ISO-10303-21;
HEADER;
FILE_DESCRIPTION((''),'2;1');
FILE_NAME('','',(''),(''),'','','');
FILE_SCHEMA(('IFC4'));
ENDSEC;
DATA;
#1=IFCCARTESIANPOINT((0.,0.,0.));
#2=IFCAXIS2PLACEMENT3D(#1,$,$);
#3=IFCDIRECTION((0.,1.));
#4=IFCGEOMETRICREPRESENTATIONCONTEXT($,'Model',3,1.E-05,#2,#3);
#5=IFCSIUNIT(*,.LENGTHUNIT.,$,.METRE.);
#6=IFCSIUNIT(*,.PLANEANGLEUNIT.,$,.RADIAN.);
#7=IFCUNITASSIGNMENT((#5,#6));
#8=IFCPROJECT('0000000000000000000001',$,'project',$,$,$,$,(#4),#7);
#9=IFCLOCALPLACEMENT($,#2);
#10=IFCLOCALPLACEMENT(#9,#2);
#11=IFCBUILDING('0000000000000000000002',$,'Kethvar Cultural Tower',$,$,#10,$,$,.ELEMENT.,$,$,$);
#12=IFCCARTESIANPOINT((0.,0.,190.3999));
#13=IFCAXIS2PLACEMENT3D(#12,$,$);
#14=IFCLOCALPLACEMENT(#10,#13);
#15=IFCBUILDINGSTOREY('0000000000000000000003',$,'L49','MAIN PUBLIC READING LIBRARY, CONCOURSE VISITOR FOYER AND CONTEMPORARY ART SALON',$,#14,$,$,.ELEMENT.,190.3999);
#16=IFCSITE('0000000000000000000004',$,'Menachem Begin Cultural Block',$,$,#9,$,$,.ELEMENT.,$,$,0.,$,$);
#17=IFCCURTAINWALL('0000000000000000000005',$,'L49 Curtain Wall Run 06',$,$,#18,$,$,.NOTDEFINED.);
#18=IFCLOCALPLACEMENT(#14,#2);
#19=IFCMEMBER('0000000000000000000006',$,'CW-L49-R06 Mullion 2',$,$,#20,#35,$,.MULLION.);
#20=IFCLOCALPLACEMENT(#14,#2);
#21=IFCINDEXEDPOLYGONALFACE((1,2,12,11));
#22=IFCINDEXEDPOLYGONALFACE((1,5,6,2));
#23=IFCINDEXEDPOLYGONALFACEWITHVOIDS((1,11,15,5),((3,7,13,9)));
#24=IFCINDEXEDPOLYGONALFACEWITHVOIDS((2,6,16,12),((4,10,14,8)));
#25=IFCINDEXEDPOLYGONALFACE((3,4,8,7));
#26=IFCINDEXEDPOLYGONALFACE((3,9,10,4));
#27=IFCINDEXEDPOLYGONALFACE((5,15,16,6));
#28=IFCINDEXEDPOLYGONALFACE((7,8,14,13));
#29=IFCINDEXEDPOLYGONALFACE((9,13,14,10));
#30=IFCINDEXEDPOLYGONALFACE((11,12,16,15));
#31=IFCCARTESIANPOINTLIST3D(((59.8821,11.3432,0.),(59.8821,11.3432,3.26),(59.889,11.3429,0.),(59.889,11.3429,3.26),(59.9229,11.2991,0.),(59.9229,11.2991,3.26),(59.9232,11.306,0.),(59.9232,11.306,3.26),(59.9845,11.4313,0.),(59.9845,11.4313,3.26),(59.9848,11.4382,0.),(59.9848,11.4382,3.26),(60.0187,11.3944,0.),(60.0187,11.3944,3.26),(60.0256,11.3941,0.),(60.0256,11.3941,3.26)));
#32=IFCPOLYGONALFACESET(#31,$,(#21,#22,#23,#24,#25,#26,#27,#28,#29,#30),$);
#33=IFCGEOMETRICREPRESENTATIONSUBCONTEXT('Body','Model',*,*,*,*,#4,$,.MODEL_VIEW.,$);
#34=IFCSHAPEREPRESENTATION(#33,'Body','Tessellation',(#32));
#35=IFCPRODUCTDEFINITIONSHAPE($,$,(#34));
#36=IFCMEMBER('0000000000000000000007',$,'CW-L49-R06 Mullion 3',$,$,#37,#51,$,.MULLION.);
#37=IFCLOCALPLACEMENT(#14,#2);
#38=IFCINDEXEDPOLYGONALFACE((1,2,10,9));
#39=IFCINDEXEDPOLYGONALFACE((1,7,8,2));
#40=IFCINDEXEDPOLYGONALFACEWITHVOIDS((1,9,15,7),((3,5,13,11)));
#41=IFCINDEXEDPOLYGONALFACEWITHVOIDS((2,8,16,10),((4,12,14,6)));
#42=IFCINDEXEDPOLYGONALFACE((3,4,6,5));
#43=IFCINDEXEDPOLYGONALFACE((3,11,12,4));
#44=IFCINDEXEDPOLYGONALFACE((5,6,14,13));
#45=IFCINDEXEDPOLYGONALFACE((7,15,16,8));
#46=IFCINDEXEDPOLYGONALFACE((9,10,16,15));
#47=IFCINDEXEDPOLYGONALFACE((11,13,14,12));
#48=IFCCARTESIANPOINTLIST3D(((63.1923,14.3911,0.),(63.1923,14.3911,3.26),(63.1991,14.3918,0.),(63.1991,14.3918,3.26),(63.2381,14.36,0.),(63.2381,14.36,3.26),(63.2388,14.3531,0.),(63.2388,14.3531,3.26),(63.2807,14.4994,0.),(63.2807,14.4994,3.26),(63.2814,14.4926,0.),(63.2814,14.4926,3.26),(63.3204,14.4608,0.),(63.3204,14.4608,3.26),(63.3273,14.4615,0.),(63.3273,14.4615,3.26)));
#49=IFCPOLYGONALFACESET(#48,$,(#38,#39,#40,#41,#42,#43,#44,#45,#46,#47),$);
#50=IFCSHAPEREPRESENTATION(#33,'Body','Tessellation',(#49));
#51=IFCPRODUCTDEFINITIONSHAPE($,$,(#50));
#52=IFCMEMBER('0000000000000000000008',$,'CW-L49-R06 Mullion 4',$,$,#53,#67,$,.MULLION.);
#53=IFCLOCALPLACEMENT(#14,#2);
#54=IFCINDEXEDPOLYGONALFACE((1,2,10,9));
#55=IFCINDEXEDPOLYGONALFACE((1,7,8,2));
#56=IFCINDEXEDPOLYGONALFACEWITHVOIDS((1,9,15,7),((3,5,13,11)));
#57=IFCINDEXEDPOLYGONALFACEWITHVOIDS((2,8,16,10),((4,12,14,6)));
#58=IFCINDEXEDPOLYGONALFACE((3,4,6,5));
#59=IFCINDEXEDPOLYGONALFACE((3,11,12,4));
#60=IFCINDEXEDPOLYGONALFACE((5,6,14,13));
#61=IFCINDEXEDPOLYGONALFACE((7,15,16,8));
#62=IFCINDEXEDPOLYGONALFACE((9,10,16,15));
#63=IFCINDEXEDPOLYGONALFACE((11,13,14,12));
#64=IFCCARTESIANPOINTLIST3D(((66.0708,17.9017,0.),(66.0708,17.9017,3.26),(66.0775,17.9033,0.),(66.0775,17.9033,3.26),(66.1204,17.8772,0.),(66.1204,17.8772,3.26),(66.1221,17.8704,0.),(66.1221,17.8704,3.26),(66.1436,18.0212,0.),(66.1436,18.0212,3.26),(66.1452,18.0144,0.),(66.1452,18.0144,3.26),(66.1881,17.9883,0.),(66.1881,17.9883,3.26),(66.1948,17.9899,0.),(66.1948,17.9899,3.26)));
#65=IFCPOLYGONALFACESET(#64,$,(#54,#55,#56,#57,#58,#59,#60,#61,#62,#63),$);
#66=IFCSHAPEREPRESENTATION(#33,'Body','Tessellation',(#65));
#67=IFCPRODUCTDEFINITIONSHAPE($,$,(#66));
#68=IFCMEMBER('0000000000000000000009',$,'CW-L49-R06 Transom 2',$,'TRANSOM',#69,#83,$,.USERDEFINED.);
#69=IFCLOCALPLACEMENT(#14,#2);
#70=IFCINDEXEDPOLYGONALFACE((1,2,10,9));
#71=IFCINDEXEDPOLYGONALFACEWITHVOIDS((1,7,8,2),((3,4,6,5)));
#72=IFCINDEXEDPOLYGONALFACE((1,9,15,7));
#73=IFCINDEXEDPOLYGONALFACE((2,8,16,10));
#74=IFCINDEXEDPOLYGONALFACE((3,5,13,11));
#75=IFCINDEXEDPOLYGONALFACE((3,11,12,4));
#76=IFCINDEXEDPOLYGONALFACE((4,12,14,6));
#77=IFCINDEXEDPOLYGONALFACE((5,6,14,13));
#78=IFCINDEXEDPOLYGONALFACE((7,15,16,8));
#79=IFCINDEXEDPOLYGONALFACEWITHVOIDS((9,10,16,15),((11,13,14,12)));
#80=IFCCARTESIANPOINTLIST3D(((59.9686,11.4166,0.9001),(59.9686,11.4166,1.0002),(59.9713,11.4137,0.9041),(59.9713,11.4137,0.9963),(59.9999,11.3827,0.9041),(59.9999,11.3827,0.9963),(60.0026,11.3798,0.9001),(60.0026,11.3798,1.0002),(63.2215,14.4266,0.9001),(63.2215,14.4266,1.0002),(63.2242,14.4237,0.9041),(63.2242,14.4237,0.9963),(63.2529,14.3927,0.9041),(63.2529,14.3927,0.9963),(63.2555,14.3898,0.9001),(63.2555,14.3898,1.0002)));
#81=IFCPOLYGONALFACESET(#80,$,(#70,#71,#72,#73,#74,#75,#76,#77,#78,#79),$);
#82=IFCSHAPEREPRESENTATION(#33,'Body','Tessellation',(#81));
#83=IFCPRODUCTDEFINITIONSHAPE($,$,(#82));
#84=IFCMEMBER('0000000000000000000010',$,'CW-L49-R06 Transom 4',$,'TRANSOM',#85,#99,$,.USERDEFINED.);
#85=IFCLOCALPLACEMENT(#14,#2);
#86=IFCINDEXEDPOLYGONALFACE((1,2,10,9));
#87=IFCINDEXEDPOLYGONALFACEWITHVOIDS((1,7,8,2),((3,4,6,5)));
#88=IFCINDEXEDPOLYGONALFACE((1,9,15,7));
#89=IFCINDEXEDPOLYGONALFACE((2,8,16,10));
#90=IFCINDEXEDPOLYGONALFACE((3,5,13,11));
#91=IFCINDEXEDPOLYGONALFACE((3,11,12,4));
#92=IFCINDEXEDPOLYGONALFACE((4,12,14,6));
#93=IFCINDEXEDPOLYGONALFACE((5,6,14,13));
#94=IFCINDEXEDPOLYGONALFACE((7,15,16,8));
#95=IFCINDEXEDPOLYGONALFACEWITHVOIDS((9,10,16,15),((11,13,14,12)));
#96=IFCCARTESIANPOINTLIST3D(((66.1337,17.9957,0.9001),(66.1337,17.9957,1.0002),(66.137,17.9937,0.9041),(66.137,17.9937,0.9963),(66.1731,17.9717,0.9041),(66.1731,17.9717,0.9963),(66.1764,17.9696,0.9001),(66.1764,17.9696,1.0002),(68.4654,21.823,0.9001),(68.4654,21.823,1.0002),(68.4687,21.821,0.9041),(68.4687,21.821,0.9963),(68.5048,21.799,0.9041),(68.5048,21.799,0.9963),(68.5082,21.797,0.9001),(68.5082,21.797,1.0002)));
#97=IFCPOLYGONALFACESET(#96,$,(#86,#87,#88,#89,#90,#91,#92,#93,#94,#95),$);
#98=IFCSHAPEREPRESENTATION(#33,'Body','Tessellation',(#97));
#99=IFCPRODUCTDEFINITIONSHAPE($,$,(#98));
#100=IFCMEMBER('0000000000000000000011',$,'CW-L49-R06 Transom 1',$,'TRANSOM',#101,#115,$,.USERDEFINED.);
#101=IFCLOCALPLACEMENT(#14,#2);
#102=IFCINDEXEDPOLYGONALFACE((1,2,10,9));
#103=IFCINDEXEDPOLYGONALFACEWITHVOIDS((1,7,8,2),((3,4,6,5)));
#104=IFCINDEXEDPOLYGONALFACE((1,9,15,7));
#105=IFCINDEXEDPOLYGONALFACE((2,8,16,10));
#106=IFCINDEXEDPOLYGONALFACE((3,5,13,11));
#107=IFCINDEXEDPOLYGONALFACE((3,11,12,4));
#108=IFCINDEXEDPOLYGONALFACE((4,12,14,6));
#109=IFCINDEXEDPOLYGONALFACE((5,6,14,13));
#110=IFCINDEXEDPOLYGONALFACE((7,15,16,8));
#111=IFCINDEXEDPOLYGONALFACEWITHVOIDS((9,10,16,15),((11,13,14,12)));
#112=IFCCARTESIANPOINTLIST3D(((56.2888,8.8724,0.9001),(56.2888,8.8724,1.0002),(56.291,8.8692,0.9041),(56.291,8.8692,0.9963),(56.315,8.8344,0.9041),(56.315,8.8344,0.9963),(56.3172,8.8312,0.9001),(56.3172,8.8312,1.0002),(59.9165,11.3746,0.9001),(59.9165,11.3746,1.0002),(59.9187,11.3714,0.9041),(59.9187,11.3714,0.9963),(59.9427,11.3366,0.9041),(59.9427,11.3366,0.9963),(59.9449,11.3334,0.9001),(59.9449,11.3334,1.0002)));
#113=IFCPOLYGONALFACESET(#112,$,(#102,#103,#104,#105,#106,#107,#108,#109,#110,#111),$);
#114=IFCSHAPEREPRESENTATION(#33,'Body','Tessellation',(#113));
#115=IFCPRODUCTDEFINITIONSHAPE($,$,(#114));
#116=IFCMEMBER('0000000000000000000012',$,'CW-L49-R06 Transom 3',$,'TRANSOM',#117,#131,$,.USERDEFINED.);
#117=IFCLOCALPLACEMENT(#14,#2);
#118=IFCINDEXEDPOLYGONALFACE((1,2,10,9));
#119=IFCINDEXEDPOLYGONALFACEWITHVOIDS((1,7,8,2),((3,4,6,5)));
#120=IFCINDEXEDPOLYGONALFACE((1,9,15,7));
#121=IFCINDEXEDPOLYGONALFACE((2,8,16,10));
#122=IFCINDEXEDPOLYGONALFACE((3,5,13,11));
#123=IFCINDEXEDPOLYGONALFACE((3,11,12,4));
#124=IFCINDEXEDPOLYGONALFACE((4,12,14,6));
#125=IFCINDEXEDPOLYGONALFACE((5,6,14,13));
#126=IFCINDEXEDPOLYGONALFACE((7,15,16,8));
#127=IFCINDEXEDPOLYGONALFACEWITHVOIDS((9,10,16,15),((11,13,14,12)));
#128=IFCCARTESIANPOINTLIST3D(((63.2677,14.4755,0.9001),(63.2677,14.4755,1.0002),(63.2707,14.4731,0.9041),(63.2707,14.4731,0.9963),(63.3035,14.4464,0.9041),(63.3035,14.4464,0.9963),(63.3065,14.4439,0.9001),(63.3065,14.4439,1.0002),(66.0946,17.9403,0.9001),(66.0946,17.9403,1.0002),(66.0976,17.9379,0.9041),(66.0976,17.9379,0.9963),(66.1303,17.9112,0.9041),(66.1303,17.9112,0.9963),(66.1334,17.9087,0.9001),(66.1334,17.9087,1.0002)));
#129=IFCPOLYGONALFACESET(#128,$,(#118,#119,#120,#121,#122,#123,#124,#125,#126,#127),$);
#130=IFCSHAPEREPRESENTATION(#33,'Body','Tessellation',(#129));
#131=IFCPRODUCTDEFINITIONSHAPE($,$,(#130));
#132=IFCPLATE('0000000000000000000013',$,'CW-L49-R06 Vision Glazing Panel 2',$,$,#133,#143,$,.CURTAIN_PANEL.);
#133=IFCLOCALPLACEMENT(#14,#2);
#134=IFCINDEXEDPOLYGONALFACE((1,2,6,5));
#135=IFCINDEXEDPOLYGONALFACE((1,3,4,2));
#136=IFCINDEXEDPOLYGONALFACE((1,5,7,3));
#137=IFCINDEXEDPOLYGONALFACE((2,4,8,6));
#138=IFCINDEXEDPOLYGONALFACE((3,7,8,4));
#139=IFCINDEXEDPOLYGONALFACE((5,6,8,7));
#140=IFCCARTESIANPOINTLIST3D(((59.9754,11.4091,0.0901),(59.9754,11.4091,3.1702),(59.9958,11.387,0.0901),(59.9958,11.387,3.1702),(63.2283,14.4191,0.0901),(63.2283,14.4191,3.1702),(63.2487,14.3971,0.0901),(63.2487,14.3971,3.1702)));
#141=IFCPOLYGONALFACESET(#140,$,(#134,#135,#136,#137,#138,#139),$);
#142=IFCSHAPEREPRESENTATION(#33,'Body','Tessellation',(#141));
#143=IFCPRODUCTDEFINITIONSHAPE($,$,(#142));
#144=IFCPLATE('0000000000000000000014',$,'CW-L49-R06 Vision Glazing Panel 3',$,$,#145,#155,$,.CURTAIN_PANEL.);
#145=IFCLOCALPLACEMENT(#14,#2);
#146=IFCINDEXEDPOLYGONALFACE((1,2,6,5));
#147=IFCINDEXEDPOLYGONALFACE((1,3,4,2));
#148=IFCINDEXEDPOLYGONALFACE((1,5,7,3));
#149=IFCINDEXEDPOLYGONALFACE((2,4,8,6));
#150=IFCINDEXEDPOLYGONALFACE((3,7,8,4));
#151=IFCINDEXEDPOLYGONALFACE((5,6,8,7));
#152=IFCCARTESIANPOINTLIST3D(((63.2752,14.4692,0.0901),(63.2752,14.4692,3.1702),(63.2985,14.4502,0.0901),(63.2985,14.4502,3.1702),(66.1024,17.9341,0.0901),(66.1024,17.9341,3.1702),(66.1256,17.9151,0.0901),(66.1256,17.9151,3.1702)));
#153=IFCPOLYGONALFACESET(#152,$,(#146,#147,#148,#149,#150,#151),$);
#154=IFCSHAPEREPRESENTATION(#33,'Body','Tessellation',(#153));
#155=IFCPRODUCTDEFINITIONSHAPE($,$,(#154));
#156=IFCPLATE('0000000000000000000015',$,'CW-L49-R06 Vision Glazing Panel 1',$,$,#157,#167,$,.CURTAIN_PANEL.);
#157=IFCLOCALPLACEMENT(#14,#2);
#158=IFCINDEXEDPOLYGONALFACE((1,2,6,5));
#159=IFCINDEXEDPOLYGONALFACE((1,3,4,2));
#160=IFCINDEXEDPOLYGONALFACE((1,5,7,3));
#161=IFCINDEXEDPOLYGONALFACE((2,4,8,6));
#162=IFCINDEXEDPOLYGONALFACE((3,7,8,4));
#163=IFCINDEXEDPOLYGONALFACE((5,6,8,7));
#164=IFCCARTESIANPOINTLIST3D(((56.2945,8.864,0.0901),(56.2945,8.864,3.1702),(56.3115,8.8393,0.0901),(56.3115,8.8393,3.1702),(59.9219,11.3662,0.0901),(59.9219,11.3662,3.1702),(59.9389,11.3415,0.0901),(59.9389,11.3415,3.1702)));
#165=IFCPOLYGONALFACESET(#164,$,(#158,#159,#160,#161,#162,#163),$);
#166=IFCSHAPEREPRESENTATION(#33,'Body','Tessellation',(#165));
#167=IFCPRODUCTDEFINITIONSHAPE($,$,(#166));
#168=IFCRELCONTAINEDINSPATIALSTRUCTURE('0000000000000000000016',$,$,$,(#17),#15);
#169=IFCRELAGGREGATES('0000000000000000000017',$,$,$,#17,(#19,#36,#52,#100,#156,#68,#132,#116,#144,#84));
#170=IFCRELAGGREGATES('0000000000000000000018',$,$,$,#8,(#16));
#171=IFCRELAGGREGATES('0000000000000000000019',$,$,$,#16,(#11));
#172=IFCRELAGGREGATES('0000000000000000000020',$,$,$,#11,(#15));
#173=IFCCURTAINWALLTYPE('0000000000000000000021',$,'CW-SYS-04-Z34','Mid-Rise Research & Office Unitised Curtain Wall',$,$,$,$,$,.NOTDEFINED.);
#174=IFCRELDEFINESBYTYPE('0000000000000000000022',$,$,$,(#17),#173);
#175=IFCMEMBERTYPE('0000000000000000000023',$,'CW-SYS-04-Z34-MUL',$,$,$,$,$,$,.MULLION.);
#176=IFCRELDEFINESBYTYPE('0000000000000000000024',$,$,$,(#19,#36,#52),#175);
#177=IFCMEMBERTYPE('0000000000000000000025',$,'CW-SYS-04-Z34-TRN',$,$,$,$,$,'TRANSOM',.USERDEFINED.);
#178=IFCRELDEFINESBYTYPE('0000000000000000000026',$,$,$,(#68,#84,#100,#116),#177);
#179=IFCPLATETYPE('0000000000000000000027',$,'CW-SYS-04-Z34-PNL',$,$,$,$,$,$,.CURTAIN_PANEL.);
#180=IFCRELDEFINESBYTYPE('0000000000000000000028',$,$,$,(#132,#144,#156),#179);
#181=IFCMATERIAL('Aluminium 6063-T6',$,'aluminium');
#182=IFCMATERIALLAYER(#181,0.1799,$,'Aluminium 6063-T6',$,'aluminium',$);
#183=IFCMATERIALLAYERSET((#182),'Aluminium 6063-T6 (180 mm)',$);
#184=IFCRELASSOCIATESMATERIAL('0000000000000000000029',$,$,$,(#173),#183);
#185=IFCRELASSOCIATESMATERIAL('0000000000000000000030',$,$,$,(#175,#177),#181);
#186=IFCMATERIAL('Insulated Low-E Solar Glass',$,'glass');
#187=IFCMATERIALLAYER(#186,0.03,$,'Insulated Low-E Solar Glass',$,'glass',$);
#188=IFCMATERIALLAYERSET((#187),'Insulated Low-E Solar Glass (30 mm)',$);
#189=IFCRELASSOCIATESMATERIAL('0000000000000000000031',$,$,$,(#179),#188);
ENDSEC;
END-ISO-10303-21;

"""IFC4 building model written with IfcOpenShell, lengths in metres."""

from ifc_helpers import new_model, si_unit, direction, frame, origin, origin_2d, place, context, subcontext, project, spatial, rectangle, hollow_rectangle, extrude, source, transform, mapped, material, layer, layer_set, material_profile, profile_set, type_object, element, aggregate, save


model = new_model("IFC4")

# Units and contexts
model_context = context("Model", 3, precision=1e-05, world=origin(), true_north=direction((0.0, 1.0)))
body_context = subcontext(model_context, "Body", "Model", "MODEL_VIEW")
ifc_project = project(units=[si_unit("LENGTHUNIT", "METRE"), si_unit("PLANEANGLEUNIT", "RADIAN")], contexts=[model_context])

# Site, building, storey
site_placement = place(None, origin())
site = spatial("IfcSite", under=ifc_project, at=site_placement, Name="Menachem Begin Cultural Block", CompositionType="ELEMENT", RefElevation=0.0)
building_placement = place(site_placement, origin())
building = spatial("IfcBuilding", under=site, at=building_placement, Name="Kethvar Cultural Tower", CompositionType="ELEMENT")
storey_placement = place(building_placement, frame((0.0, 0.0, 190.3999)))
storey = spatial("IfcBuildingStorey", under=building, at=storey_placement, Name="L49", Description="MAIN PUBLIC READING LIBRARY, CONCOURSE VISITOR FOYER AND CONTEMPORARY ART SALON", CompositionType="ELEMENT", Elevation=190.3999)

# Shared definitions
ifc_material_1 = material(Name="Aluminium 6063-T6", Category="aluminium")
ifc_layer_1 = layer(ifc_material_1, 0.1799, Name="Aluminium 6063-T6", Category="aluminium")
ifc_layer_set_1 = layer_set([ifc_layer_1], Name="Aluminium 6063-T6 (180 mm)")
curtain_wall_type = type_object("IfcCurtainWallType", Name="CW-SYS-04-Z34", Description="Mid-Rise Research & Office Unitised Curtain Wall", PredefinedType="NOTDEFINED", material=ifc_layer_set_1)
ifc_material_profile_1 = material_profile(ifc_material_1, hollow_rectangle(XDim=0.0601, YDim=0.1399, WallThickness=0.0049, at=origin_2d()), Name="Aluminium 6063-T6 — RHS140x60x5")
ifc_profile_set_1 = profile_set([ifc_material_profile_1], Name="Aluminium 6063-T6 — RHS140x60x5")
member_type_1 = type_object("IfcMemberType", Name="CW-SYS-04-Z34-MUL", PredefinedType="MULLION", material=ifc_profile_set_1)
shared_shape_1 = source(origin(), body_context, "Body", "SweptSolid", [
    extrude(hollow_rectangle(XDim=0.0601, YDim=0.1399, WallThickness=0.0049, at=origin_2d()), origin(), (0.0, 0.0, 1.0), 3.26),
])

# Curtain wall, members, plates
curtain_wall_1_placement = place(storey_placement, origin())
curtain_wall_1 = element("IfcCurtainWall", 1, at=curtain_wall_1_placement, inside=storey, type_object=curtain_wall_type, Name="L49 Curtain Wall Run 06", PredefinedType="NOTDEFINED")
member_1_placement = place(storey_placement, frame((59.9539, 11.3687, 0.0), z_axis=(0.0, 0.0, 1.0), x_axis=(-0.679172, 0.733979, 0.0)))
member_1 = element("IfcMember", 2, at=member_1_placement, type_object=member_type_1, Name="CW-L49-R06 Mullion 2", PredefinedType="MULLION", context=body_context, shape_type="MappedRepresentation", body=[
    mapped(shared_shape_1, transform((0.0, 0.0, 0.0), scale=1.0)),
])
member_2_placement = place(storey_placement, frame((63.2598, 14.4263, 0.0), z_axis=(0.0, 0.0, 1.0), x_axis=(-0.774812, 0.632192, 0.0)))
member_2 = element("IfcMember", 3, at=member_2_placement, type_object=member_type_1, Name="CW-L49-R06 Mullion 3", PredefinedType="MULLION", context=body_context, shape_type="MappedRepresentation", body=[
    mapped(shared_shape_1, transform((0.0, 0.0, 0.0), scale=1.0)),
])
member_3_placement = place(storey_placement, frame((66.1328, 17.9458, 0.0), z_axis=(0.0, 0.0, 1.0), x_axis=(-0.853996, 0.520279, 0.0)))
member_3 = element("IfcMember", 4, at=member_3_placement, type_object=member_type_1, Name="CW-L49-R06 Mullion 4", PredefinedType="MULLION", context=body_context, shape_type="MappedRepresentation", body=[
    mapped(shared_shape_1, transform((0.0, 0.0, 0.0), scale=1.0)),
])
ifc_material_profile_2 = material_profile(ifc_material_1, hollow_rectangle(XDim=0.05, YDim=0.1001, WallThickness=0.0039, at=origin_2d()), Name="Aluminium 6063-T6 — RHS100x50x4")
ifc_profile_set_2 = profile_set([ifc_material_profile_2], Name="Aluminium 6063-T6 — RHS100x50x4")
member_type_2 = type_object("IfcMemberType", Name="CW-SYS-04-Z34-TRN", ElementType="TRANSOM", PredefinedType="USERDEFINED", material=ifc_profile_set_2)
shared_shape_2 = source(origin(), body_context, "Body", "SweptSolid", [
    extrude(hollow_rectangle(XDim=0.05, YDim=0.1001, WallThickness=0.0039, at=origin_2d()), origin(), (0.0, 0.0, 1.0), 4.4319),
])
member_4_placement = place(storey_placement, frame((59.9856, 11.3982, 0.9502), z_axis=(0.733981, 0.67917, 0.0), x_axis=(-0.67917, 0.733981, 0.0)))
member_4 = element("IfcMember", 5, at=member_4_placement, type_object=member_type_2, Name="CW-L49-R06 Transom 2", ObjectType="TRANSOM", PredefinedType="USERDEFINED", context=body_context, shape_type="MappedRepresentation", body=[
    mapped(shared_shape_2, transform((0.0, 0.0, 0.0), scale=1.0)),
])
shared_shape_3 = source(origin(), body_context, "Body", "SweptSolid", [
    extrude(hollow_rectangle(XDim=0.05, YDim=0.1001, WallThickness=0.0039, at=origin_2d()), origin(), (0.0, 0.0, 1.0), 4.4817),
])
member_5_placement = place(storey_placement, frame((66.155, 17.9827, 0.9502), z_axis=(0.520284, 0.853993, 0.0), x_axis=(-0.853993, 0.520284, 0.0)))
member_5 = element("IfcMember", 6, at=member_5_placement, type_object=member_type_2, Name="CW-L49-R06 Transom 4", ObjectType="TRANSOM", PredefinedType="USERDEFINED", context=body_context, shape_type="MappedRepresentation", body=[
    mapped(shared_shape_3, transform((0.0, 0.0, 0.0), scale=1.0)),
])
shared_shape_4 = source(origin(), body_context, "Body", "SweptSolid", [
    extrude(hollow_rectangle(XDim=0.05, YDim=0.1001, WallThickness=0.0039, at=origin_2d()), origin(), (0.0, 0.0, 1.0), 4.407),
])
member_6_placement = place(storey_placement, frame((56.303, 8.8518, 0.9502), z_axis=(0.823176, 0.567786, 0.0), x_axis=(-0.567786, 0.823176, 0.0)))
member_6 = element("IfcMember", 7, at=member_6_placement, type_object=member_type_2, Name="CW-L49-R06 Transom 1", ObjectType="TRANSOM", PredefinedType="USERDEFINED", context=body_context, shape_type="MappedRepresentation", body=[
    mapped(shared_shape_4, transform((0.0, 0.0, 0.0), scale=1.0)),
])
shared_shape_5 = source(origin(), body_context, "Body", "SweptSolid", [
    extrude(hollow_rectangle(XDim=0.05, YDim=0.1001, WallThickness=0.0039, at=origin_2d()), origin(), (0.0, 0.0, 1.0), 4.4717),
])
member_7_placement = place(storey_placement, frame((63.2871, 14.4597, 0.9502), z_axis=(0.63217, 0.77483, 0.0), x_axis=(-0.77483, 0.63217, 0.0)))
member_7 = element("IfcMember", 8, at=member_7_placement, type_object=member_type_2, Name="CW-L49-R06 Transom 3", ObjectType="TRANSOM", PredefinedType="USERDEFINED", context=body_context, shape_type="MappedRepresentation", body=[
    mapped(shared_shape_5, transform((0.0, 0.0, 0.0), scale=1.0)),
])
ifc_material_2 = material(Name="Insulated Low-E Solar Glass", Category="glass")
ifc_layer_2 = layer(ifc_material_2, 0.03, Name="Insulated Low-E Solar Glass", Category="glass")
ifc_layer_set_2 = layer_set([ifc_layer_2], Name="Insulated Low-E Solar Glass (30 mm)")
plate_type = type_object("IfcPlateType", Name="CW-SYS-04-Z34-PNL", PredefinedType="CURTAIN_PANEL", material=ifc_layer_set_2)
shared_shape_6 = source(origin(), body_context, "Body", "SweptSolid", [
    extrude(rectangle(XDim=4.4319, YDim=0.03, at=origin_2d()), origin(), (0.0, 0.0, 1.0), 3.0801),
])
plate_1_placement = place(storey_placement, frame((61.6121, 12.9031, 0.0901), z_axis=(0.0, 0.0, 1.0), x_axis=(0.733979, 0.679172, 0.0)))
plate_1 = element("IfcPlate", 9, at=plate_1_placement, type_object=plate_type, Name="CW-L49-R06 Vision Glazing Panel 2", PredefinedType="CURTAIN_PANEL", context=body_context, shape_type="MappedRepresentation", body=[
    mapped(shared_shape_6, transform((0.0, 0.0, 0.0), scale=1.0)),
])
shared_shape_7 = source(origin(), body_context, "Body", "SweptSolid", [
    extrude(rectangle(XDim=4.4719, YDim=0.03, at=origin_2d()), origin(), (0.0, 0.0, 1.0), 3.0801),
])
plate_2_placement = place(storey_placement, frame((64.7004, 16.1921, 0.0901), z_axis=(0.0, 0.0, 1.0), x_axis=(0.632192, 0.774812, 0.0)))
plate_2 = element("IfcPlate", 10, at=plate_2_placement, type_object=plate_type, Name="CW-L49-R06 Vision Glazing Panel 3", PredefinedType="CURTAIN_PANEL", context=body_context, shape_type="MappedRepresentation", body=[
    mapped(shared_shape_7, transform((0.0, 0.0, 0.0), scale=1.0)),
])
shared_shape_8 = source(origin(), body_context, "Body", "SweptSolid", [
    extrude(rectangle(XDim=4.4067, YDim=0.03, at=origin_2d()), origin(), (0.0, 0.0, 1.0), 3.0801),
])
plate_3_placement = place(storey_placement, frame((58.1167, 10.1028, 0.0901), z_axis=(0.0, 0.0, 1.0), x_axis=(0.823156, 0.567815, 0.0)))
plate_3 = element("IfcPlate", 11, at=plate_3_placement, type_object=plate_type, Name="CW-L49-R06 Vision Glazing Panel 1", PredefinedType="CURTAIN_PANEL", context=body_context, shape_type="MappedRepresentation", body=[
    mapped(shared_shape_8, transform((0.0, 0.0, 0.0), scale=1.0)),
])
aggregate(curtain_wall_1, [member_1, member_2, member_3, member_6, plate_3, member_4, plate_1, member_7, plate_2, member_5])

save(model, "model.ifc")
